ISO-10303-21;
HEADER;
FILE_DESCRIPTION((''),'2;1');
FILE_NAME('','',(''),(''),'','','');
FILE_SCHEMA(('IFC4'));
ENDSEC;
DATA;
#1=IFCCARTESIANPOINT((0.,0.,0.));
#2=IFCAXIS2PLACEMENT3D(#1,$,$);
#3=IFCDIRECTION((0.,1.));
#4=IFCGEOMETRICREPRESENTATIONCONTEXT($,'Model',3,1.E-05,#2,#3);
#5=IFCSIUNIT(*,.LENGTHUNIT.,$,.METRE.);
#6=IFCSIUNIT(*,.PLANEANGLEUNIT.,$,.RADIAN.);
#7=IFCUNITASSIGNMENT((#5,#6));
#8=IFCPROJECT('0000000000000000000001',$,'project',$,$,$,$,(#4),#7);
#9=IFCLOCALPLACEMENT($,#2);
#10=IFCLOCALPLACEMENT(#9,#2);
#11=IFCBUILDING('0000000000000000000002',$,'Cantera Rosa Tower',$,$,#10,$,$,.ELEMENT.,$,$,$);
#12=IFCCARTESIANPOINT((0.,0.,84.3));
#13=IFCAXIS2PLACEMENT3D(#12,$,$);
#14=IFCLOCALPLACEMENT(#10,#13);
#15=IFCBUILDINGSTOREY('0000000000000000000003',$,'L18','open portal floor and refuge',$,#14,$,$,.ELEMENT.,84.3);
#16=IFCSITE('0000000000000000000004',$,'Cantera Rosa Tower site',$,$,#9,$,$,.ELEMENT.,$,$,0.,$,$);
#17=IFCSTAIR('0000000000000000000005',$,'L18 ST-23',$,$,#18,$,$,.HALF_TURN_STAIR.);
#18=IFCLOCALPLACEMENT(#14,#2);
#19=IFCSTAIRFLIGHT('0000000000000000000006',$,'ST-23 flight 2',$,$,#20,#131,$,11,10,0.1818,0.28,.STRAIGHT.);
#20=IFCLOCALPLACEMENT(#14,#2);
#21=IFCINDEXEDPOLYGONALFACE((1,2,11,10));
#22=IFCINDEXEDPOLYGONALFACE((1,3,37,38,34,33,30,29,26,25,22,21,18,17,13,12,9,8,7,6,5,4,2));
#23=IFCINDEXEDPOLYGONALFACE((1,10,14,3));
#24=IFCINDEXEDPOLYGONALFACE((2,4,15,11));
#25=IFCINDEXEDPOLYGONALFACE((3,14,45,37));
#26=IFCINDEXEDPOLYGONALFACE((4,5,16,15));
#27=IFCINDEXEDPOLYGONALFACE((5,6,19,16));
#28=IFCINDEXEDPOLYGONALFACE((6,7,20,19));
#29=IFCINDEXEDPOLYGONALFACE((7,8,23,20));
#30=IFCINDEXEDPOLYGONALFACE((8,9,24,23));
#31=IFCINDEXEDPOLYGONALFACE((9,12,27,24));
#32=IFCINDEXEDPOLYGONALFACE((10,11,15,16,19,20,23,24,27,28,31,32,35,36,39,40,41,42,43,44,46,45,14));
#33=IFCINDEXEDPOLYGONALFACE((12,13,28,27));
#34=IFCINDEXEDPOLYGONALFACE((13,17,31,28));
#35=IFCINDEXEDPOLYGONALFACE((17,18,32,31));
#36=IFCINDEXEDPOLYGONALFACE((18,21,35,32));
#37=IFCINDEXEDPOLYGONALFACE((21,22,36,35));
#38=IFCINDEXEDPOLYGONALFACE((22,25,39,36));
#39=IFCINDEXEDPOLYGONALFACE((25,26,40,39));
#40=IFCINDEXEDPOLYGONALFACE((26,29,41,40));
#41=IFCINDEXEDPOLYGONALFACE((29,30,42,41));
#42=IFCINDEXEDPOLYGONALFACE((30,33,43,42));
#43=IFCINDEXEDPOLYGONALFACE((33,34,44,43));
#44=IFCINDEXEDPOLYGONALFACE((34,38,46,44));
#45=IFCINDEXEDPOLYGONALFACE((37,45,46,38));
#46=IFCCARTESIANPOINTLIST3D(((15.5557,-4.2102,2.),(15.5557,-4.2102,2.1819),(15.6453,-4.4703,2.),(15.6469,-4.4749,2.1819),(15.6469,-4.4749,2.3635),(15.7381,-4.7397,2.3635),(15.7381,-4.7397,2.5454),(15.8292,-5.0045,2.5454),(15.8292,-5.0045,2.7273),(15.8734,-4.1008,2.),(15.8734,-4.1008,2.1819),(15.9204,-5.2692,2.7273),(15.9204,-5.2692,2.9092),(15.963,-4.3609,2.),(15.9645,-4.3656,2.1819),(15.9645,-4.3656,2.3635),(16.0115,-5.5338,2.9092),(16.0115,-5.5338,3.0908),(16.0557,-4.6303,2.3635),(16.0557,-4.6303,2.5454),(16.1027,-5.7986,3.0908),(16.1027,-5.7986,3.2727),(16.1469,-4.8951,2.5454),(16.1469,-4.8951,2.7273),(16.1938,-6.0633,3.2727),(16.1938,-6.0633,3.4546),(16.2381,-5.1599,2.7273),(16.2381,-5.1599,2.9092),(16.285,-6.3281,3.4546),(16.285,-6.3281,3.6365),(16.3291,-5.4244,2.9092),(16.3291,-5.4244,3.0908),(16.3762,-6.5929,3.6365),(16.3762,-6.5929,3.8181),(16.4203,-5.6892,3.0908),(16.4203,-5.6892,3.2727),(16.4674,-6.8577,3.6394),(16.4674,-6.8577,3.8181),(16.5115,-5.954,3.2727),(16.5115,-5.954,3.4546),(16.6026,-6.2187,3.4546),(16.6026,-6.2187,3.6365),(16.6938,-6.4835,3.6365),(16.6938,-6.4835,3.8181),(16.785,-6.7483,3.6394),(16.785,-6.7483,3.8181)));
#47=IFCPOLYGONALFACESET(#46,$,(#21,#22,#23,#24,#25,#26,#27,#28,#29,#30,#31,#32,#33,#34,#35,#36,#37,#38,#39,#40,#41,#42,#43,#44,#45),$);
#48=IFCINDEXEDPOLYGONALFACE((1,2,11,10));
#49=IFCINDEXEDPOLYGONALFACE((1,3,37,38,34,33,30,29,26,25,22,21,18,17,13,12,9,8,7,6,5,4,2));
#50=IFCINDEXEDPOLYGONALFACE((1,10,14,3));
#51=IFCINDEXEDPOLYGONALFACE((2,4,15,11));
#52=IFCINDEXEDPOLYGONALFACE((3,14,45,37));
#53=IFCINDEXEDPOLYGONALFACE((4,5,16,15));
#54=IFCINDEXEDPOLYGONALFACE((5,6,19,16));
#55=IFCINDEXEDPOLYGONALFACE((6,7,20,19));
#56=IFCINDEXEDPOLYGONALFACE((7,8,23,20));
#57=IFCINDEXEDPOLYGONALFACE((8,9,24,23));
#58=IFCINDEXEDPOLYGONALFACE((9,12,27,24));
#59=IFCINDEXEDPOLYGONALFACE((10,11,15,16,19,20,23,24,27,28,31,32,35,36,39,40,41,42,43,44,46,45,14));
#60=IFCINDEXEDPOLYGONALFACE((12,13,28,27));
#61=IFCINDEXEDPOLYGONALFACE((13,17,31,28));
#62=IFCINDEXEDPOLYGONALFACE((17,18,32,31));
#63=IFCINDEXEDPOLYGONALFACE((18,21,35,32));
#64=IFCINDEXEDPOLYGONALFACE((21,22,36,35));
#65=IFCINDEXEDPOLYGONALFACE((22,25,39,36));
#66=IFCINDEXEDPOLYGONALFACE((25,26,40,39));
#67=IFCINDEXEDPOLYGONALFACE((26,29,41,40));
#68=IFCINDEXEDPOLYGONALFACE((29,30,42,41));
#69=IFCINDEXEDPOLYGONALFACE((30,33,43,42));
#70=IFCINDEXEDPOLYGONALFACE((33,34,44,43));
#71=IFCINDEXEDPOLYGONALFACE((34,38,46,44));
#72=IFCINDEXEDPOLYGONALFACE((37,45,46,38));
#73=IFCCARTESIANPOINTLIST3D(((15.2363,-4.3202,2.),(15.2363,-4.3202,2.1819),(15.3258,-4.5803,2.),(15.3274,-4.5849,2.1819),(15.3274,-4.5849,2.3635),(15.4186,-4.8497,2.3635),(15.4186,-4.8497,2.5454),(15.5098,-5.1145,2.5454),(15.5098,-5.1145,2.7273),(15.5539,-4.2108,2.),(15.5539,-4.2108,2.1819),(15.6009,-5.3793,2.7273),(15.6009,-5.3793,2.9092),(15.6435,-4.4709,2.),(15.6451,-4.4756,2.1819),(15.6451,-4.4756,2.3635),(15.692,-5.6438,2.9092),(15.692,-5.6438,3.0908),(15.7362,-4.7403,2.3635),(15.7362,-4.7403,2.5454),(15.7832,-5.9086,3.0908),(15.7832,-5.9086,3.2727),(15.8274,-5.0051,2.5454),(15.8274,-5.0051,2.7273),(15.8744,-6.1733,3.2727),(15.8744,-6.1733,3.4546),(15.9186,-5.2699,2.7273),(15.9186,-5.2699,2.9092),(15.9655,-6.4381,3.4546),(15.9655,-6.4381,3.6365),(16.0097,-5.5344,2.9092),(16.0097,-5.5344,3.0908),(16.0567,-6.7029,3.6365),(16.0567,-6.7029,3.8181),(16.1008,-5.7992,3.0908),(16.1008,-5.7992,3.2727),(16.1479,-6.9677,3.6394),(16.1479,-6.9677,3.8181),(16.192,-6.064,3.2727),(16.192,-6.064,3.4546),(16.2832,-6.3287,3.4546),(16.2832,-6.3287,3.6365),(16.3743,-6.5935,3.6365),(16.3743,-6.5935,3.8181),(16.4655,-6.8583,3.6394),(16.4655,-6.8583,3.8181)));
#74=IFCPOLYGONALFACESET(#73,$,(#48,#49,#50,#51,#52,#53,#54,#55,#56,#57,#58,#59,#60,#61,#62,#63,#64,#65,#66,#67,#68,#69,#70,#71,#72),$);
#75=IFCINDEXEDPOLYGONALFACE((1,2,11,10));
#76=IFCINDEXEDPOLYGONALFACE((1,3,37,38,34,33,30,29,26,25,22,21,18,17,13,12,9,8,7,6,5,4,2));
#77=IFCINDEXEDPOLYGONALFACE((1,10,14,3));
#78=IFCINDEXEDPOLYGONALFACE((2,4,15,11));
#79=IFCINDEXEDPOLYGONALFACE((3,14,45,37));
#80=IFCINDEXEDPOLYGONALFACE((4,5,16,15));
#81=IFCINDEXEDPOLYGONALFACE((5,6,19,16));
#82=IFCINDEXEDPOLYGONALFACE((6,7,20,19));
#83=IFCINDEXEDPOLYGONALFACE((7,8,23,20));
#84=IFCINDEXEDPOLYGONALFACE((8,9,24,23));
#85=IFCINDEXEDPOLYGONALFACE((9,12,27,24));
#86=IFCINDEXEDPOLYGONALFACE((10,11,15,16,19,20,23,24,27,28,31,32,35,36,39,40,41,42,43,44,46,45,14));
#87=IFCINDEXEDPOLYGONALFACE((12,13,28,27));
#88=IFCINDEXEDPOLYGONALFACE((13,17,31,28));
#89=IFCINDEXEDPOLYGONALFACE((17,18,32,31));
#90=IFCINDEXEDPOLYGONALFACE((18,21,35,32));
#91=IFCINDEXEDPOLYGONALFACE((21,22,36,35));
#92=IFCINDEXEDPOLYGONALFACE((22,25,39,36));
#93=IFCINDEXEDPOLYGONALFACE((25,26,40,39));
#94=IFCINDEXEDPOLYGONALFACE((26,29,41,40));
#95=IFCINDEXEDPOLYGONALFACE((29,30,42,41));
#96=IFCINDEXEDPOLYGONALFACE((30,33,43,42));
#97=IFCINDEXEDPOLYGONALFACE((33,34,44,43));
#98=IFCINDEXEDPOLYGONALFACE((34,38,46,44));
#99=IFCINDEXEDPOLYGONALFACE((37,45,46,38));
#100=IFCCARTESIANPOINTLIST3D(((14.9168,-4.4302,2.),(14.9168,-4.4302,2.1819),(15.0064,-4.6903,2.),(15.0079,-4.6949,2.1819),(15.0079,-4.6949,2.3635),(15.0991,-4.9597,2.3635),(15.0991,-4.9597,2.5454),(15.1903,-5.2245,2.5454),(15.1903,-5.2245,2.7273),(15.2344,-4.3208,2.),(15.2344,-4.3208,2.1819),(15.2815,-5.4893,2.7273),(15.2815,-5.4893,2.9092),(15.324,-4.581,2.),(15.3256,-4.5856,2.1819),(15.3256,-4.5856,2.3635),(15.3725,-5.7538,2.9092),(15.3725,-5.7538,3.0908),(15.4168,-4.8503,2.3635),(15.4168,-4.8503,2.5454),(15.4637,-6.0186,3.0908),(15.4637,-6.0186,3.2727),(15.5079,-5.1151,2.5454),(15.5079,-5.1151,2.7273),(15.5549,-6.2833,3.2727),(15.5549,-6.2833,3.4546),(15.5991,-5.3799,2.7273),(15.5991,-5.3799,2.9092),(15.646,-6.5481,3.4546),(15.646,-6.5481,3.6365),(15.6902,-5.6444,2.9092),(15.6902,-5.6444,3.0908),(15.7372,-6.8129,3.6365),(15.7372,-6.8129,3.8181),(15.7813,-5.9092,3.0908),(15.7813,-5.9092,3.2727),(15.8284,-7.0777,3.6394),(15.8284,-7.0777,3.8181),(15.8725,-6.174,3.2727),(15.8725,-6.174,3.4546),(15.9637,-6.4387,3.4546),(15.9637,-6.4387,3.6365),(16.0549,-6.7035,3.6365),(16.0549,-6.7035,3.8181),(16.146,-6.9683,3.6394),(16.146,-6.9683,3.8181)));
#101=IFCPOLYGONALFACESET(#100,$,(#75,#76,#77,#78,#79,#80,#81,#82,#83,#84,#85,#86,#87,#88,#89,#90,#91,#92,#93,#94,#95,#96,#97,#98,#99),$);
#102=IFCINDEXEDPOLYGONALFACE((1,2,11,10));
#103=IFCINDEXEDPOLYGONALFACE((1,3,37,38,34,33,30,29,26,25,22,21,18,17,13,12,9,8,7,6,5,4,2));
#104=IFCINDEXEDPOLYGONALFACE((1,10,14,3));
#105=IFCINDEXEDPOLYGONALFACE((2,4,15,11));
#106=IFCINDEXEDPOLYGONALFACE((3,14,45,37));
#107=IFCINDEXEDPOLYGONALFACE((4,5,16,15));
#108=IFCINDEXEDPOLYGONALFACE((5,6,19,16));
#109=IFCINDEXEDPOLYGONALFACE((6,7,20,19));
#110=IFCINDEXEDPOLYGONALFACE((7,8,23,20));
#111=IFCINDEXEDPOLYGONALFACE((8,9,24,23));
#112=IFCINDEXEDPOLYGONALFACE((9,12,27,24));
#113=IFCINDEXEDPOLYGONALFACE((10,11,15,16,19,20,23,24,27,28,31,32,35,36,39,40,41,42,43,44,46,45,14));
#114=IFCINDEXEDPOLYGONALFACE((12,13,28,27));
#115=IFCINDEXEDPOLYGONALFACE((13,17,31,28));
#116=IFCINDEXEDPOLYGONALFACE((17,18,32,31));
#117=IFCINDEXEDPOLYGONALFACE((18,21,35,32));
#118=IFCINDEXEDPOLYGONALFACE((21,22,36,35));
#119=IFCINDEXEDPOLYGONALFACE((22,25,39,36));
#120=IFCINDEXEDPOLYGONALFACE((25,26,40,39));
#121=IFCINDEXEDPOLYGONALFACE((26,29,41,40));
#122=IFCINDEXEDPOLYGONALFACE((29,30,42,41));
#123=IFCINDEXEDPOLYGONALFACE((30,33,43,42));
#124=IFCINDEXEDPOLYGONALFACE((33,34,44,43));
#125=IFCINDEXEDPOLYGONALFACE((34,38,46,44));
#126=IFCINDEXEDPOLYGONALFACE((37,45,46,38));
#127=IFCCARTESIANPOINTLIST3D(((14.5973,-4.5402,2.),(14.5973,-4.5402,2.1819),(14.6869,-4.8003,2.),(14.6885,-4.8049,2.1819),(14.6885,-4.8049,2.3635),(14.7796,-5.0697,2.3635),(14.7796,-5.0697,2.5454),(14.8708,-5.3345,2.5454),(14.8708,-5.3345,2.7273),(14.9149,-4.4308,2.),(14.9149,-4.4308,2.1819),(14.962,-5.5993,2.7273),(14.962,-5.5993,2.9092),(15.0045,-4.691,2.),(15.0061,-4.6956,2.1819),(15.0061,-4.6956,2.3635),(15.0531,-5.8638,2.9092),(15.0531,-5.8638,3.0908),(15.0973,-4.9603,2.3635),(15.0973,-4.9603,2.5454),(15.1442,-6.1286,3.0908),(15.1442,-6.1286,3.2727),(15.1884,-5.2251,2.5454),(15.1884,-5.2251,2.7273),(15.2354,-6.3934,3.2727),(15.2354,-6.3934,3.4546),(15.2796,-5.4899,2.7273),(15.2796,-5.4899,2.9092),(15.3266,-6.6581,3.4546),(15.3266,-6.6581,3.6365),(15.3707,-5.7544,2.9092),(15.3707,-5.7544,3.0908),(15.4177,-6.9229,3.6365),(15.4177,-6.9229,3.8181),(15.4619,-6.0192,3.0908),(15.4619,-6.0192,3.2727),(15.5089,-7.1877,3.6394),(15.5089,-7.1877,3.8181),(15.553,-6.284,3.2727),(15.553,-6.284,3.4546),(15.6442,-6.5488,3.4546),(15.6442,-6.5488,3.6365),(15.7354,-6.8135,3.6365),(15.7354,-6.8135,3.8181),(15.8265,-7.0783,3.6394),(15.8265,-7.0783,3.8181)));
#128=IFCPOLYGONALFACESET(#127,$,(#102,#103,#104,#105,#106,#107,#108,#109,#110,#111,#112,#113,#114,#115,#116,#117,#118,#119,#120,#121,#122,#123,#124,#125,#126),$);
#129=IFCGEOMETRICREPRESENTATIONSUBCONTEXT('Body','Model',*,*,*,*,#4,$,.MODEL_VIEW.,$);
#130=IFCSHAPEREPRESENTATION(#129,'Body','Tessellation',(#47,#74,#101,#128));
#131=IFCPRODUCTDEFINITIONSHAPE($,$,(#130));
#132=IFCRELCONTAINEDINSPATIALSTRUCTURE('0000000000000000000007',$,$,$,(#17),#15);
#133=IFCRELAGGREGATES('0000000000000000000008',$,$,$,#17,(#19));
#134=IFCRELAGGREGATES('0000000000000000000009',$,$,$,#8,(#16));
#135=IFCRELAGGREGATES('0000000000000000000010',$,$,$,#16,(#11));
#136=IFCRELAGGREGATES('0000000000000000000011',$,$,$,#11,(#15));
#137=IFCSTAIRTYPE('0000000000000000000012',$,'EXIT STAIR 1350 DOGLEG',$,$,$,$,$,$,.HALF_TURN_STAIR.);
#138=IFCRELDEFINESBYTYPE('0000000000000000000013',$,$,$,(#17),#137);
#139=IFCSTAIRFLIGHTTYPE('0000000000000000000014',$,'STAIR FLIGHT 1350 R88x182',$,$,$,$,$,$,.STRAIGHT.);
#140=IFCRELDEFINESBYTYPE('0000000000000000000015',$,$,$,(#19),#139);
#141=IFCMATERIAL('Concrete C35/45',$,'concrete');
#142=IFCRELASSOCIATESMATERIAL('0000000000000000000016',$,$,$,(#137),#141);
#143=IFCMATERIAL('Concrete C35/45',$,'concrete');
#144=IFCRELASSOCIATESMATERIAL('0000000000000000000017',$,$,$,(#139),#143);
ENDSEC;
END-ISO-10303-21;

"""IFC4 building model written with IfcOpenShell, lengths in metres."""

from ifc_helpers import new_model, si_unit, direction, frame, origin, place, context, subcontext, project, spatial, polyline, outline, extrude, material, type_object, element, aggregate, save


model = new_model("IFC4")

# Units and contexts
model_context = context("Model", 3, precision=1e-05, world=origin(), true_north=direction((0.0, 1.0)))
body_context = subcontext(model_context, "Body", "Model", "MODEL_VIEW")
ifc_project = project(units=[si_unit("LENGTHUNIT", "METRE"), si_unit("PLANEANGLEUNIT", "RADIAN")], contexts=[model_context])

# Site, building, storey
site_placement = place(None, origin())
site = spatial("IfcSite", under=ifc_project, at=site_placement, Name="Cantera Rosa Tower site", CompositionType="ELEMENT", RefElevation=0.0)
building_placement = place(site_placement, origin())
building = spatial("IfcBuilding", under=site, at=building_placement, Name="Cantera Rosa Tower", CompositionType="ELEMENT")
storey_placement = place(building_placement, frame((0.0, 0.0, 84.3)))
storey = spatial("IfcBuildingStorey", under=building, at=storey_placement, Name="L18", Description="open portal floor and refuge", CompositionType="ELEMENT", Elevation=84.3)

# Shared definitions
ifc_material_1 = material(Name="Concrete C35/45", Category="concrete")
stair_type = type_object("IfcStairType", Name="EXIT STAIR 1350 DOGLEG", PredefinedType="HALF_TURN_STAIR", material=ifc_material_1)

# Stair, stair flight
stair_1_placement = place(storey_placement, origin())
stair_1 = element("IfcStair", 1, at=stair_1_placement, inside=storey, type_object=stair_type, Name="L18 ST-23", PredefinedType="HALF_TURN_STAIR")
ifc_material_2 = material(Name="Concrete C35/45", Category="concrete")
stair_flight_type = type_object("IfcStairFlightType", Name="STAIR FLIGHT 1350 R88x182", PredefinedType="STRAIGHT", material=ifc_material_2)
stair_flight_1_placement = place(storey_placement, frame((15.2351, -4.3206, 2.0), z_axis=(0.0, 0.0, 1.0), x_axis=(0.325568, -0.945519, 0.0)))
stair_flight_1 = element("IfcStairFlight", 2, at=stair_flight_1_placement, type_object=stair_flight_type, Name="ST-23 flight 2", NumberOfRisers=11, NumberOfTreads=10, PredefinedType="STRAIGHT", RiserHeight=0.1818, TreadLength=0.28, context=body_context, shape_type="SweptSolid", body=[
    extrude(outline(polyline([(0.0, 0.0), (0.0, 0.1819), (0.28, 0.1819), (0.28, 0.3635), (0.5601, 0.3635), (0.5601, 0.5454), (0.8401, 0.5454), (0.8401, 0.7273), (1.1201, 0.7273), (1.1201, 0.9092), (1.3999, 0.9092), (1.3999, 1.0908), (1.6799, 1.0908), (1.6799, 1.2727), (1.96, 1.2727), (1.96, 1.4546), (2.24, 1.4546), (2.24, 1.6365), (2.52, 1.6365), (2.52, 1.8181), (2.8, 1.8181), (2.8, 2.0), (2.8, 1.6394), (0.2751, 0.0), (0.0, 0.0)])), frame((0.0, 0.675, 0.0), z_axis=(0.0, -1.0, 0.0), x_axis=(1.0, 0.0, 0.0)), (0.0, 0.0, 1.0), 0.3359),
    extrude(outline(polyline([(0.0, 0.0), (0.0, 0.1819), (0.28, 0.1819), (0.28, 0.3635), (0.5601, 0.3635), (0.5601, 0.5454), (0.8401, 0.5454), (0.8401, 0.7273), (1.1201, 0.7273), (1.1201, 0.9092), (1.3999, 0.9092), (1.3999, 1.0908), (1.6799, 1.0908), (1.6799, 1.2727), (1.96, 1.2727), (1.96, 1.4546), (2.24, 1.4546), (2.24, 1.6365), (2.52, 1.6365), (2.52, 1.8181), (2.8, 1.8181), (2.8, 2.0), (2.8, 1.6394), (0.2751, 0.0), (0.0, 0.0)])), frame((0.0, 0.3372, 0.0), z_axis=(0.0, -1.0, 0.0), x_axis=(1.0, 0.0, 0.0)), (0.0, 0.0, 1.0), 0.3359),
    extrude(outline(polyline([(0.0, 0.0), (0.0, 0.1819), (0.28, 0.1819), (0.28, 0.3635), (0.5601, 0.3635), (0.5601, 0.5454), (0.8401, 0.5454), (0.8401, 0.7273), (1.1201, 0.7273), (1.1201, 0.9092), (1.3999, 0.9092), (1.3999, 1.0908), (1.6799, 1.0908), (1.6799, 1.2727), (1.96, 1.2727), (1.96, 1.4546), (2.24, 1.4546), (2.24, 1.6365), (2.52, 1.6365), (2.52, 1.8181), (2.8, 1.8181), (2.8, 2.0), (2.8, 1.6394), (0.2751, 0.0), (0.0, 0.0)])), frame((0.0, -0.0007, 0.0), z_axis=(0.0, -1.0, 0.0), x_axis=(1.0, 0.0, 0.0)), (0.0, 0.0, 1.0), 0.3359),
    extrude(outline(polyline([(0.0, 0.0), (0.0, 0.1819), (0.28, 0.1819), (0.28, 0.3635), (0.5601, 0.3635), (0.5601, 0.5454), (0.8401, 0.5454), (0.8401, 0.7273), (1.1201, 0.7273), (1.1201, 0.9092), (1.3999, 0.9092), (1.3999, 1.0908), (1.6799, 1.0908), (1.6799, 1.2727), (1.96, 1.2727), (1.96, 1.4546), (2.24, 1.4546), (2.24, 1.6365), (2.52, 1.6365), (2.52, 1.8181), (2.8, 1.8181), (2.8, 2.0), (2.8, 1.6394), (0.2751, 0.0), (0.0, 0.0)])), frame((0.0, -0.3386, 0.0), z_axis=(0.0, -1.0, 0.0), x_axis=(1.0, 0.0, 0.0)), (0.0, 0.0, 1.0), 0.3359),
])
aggregate(stair_1, [stair_flight_1])

save(model, "model.ifc")
